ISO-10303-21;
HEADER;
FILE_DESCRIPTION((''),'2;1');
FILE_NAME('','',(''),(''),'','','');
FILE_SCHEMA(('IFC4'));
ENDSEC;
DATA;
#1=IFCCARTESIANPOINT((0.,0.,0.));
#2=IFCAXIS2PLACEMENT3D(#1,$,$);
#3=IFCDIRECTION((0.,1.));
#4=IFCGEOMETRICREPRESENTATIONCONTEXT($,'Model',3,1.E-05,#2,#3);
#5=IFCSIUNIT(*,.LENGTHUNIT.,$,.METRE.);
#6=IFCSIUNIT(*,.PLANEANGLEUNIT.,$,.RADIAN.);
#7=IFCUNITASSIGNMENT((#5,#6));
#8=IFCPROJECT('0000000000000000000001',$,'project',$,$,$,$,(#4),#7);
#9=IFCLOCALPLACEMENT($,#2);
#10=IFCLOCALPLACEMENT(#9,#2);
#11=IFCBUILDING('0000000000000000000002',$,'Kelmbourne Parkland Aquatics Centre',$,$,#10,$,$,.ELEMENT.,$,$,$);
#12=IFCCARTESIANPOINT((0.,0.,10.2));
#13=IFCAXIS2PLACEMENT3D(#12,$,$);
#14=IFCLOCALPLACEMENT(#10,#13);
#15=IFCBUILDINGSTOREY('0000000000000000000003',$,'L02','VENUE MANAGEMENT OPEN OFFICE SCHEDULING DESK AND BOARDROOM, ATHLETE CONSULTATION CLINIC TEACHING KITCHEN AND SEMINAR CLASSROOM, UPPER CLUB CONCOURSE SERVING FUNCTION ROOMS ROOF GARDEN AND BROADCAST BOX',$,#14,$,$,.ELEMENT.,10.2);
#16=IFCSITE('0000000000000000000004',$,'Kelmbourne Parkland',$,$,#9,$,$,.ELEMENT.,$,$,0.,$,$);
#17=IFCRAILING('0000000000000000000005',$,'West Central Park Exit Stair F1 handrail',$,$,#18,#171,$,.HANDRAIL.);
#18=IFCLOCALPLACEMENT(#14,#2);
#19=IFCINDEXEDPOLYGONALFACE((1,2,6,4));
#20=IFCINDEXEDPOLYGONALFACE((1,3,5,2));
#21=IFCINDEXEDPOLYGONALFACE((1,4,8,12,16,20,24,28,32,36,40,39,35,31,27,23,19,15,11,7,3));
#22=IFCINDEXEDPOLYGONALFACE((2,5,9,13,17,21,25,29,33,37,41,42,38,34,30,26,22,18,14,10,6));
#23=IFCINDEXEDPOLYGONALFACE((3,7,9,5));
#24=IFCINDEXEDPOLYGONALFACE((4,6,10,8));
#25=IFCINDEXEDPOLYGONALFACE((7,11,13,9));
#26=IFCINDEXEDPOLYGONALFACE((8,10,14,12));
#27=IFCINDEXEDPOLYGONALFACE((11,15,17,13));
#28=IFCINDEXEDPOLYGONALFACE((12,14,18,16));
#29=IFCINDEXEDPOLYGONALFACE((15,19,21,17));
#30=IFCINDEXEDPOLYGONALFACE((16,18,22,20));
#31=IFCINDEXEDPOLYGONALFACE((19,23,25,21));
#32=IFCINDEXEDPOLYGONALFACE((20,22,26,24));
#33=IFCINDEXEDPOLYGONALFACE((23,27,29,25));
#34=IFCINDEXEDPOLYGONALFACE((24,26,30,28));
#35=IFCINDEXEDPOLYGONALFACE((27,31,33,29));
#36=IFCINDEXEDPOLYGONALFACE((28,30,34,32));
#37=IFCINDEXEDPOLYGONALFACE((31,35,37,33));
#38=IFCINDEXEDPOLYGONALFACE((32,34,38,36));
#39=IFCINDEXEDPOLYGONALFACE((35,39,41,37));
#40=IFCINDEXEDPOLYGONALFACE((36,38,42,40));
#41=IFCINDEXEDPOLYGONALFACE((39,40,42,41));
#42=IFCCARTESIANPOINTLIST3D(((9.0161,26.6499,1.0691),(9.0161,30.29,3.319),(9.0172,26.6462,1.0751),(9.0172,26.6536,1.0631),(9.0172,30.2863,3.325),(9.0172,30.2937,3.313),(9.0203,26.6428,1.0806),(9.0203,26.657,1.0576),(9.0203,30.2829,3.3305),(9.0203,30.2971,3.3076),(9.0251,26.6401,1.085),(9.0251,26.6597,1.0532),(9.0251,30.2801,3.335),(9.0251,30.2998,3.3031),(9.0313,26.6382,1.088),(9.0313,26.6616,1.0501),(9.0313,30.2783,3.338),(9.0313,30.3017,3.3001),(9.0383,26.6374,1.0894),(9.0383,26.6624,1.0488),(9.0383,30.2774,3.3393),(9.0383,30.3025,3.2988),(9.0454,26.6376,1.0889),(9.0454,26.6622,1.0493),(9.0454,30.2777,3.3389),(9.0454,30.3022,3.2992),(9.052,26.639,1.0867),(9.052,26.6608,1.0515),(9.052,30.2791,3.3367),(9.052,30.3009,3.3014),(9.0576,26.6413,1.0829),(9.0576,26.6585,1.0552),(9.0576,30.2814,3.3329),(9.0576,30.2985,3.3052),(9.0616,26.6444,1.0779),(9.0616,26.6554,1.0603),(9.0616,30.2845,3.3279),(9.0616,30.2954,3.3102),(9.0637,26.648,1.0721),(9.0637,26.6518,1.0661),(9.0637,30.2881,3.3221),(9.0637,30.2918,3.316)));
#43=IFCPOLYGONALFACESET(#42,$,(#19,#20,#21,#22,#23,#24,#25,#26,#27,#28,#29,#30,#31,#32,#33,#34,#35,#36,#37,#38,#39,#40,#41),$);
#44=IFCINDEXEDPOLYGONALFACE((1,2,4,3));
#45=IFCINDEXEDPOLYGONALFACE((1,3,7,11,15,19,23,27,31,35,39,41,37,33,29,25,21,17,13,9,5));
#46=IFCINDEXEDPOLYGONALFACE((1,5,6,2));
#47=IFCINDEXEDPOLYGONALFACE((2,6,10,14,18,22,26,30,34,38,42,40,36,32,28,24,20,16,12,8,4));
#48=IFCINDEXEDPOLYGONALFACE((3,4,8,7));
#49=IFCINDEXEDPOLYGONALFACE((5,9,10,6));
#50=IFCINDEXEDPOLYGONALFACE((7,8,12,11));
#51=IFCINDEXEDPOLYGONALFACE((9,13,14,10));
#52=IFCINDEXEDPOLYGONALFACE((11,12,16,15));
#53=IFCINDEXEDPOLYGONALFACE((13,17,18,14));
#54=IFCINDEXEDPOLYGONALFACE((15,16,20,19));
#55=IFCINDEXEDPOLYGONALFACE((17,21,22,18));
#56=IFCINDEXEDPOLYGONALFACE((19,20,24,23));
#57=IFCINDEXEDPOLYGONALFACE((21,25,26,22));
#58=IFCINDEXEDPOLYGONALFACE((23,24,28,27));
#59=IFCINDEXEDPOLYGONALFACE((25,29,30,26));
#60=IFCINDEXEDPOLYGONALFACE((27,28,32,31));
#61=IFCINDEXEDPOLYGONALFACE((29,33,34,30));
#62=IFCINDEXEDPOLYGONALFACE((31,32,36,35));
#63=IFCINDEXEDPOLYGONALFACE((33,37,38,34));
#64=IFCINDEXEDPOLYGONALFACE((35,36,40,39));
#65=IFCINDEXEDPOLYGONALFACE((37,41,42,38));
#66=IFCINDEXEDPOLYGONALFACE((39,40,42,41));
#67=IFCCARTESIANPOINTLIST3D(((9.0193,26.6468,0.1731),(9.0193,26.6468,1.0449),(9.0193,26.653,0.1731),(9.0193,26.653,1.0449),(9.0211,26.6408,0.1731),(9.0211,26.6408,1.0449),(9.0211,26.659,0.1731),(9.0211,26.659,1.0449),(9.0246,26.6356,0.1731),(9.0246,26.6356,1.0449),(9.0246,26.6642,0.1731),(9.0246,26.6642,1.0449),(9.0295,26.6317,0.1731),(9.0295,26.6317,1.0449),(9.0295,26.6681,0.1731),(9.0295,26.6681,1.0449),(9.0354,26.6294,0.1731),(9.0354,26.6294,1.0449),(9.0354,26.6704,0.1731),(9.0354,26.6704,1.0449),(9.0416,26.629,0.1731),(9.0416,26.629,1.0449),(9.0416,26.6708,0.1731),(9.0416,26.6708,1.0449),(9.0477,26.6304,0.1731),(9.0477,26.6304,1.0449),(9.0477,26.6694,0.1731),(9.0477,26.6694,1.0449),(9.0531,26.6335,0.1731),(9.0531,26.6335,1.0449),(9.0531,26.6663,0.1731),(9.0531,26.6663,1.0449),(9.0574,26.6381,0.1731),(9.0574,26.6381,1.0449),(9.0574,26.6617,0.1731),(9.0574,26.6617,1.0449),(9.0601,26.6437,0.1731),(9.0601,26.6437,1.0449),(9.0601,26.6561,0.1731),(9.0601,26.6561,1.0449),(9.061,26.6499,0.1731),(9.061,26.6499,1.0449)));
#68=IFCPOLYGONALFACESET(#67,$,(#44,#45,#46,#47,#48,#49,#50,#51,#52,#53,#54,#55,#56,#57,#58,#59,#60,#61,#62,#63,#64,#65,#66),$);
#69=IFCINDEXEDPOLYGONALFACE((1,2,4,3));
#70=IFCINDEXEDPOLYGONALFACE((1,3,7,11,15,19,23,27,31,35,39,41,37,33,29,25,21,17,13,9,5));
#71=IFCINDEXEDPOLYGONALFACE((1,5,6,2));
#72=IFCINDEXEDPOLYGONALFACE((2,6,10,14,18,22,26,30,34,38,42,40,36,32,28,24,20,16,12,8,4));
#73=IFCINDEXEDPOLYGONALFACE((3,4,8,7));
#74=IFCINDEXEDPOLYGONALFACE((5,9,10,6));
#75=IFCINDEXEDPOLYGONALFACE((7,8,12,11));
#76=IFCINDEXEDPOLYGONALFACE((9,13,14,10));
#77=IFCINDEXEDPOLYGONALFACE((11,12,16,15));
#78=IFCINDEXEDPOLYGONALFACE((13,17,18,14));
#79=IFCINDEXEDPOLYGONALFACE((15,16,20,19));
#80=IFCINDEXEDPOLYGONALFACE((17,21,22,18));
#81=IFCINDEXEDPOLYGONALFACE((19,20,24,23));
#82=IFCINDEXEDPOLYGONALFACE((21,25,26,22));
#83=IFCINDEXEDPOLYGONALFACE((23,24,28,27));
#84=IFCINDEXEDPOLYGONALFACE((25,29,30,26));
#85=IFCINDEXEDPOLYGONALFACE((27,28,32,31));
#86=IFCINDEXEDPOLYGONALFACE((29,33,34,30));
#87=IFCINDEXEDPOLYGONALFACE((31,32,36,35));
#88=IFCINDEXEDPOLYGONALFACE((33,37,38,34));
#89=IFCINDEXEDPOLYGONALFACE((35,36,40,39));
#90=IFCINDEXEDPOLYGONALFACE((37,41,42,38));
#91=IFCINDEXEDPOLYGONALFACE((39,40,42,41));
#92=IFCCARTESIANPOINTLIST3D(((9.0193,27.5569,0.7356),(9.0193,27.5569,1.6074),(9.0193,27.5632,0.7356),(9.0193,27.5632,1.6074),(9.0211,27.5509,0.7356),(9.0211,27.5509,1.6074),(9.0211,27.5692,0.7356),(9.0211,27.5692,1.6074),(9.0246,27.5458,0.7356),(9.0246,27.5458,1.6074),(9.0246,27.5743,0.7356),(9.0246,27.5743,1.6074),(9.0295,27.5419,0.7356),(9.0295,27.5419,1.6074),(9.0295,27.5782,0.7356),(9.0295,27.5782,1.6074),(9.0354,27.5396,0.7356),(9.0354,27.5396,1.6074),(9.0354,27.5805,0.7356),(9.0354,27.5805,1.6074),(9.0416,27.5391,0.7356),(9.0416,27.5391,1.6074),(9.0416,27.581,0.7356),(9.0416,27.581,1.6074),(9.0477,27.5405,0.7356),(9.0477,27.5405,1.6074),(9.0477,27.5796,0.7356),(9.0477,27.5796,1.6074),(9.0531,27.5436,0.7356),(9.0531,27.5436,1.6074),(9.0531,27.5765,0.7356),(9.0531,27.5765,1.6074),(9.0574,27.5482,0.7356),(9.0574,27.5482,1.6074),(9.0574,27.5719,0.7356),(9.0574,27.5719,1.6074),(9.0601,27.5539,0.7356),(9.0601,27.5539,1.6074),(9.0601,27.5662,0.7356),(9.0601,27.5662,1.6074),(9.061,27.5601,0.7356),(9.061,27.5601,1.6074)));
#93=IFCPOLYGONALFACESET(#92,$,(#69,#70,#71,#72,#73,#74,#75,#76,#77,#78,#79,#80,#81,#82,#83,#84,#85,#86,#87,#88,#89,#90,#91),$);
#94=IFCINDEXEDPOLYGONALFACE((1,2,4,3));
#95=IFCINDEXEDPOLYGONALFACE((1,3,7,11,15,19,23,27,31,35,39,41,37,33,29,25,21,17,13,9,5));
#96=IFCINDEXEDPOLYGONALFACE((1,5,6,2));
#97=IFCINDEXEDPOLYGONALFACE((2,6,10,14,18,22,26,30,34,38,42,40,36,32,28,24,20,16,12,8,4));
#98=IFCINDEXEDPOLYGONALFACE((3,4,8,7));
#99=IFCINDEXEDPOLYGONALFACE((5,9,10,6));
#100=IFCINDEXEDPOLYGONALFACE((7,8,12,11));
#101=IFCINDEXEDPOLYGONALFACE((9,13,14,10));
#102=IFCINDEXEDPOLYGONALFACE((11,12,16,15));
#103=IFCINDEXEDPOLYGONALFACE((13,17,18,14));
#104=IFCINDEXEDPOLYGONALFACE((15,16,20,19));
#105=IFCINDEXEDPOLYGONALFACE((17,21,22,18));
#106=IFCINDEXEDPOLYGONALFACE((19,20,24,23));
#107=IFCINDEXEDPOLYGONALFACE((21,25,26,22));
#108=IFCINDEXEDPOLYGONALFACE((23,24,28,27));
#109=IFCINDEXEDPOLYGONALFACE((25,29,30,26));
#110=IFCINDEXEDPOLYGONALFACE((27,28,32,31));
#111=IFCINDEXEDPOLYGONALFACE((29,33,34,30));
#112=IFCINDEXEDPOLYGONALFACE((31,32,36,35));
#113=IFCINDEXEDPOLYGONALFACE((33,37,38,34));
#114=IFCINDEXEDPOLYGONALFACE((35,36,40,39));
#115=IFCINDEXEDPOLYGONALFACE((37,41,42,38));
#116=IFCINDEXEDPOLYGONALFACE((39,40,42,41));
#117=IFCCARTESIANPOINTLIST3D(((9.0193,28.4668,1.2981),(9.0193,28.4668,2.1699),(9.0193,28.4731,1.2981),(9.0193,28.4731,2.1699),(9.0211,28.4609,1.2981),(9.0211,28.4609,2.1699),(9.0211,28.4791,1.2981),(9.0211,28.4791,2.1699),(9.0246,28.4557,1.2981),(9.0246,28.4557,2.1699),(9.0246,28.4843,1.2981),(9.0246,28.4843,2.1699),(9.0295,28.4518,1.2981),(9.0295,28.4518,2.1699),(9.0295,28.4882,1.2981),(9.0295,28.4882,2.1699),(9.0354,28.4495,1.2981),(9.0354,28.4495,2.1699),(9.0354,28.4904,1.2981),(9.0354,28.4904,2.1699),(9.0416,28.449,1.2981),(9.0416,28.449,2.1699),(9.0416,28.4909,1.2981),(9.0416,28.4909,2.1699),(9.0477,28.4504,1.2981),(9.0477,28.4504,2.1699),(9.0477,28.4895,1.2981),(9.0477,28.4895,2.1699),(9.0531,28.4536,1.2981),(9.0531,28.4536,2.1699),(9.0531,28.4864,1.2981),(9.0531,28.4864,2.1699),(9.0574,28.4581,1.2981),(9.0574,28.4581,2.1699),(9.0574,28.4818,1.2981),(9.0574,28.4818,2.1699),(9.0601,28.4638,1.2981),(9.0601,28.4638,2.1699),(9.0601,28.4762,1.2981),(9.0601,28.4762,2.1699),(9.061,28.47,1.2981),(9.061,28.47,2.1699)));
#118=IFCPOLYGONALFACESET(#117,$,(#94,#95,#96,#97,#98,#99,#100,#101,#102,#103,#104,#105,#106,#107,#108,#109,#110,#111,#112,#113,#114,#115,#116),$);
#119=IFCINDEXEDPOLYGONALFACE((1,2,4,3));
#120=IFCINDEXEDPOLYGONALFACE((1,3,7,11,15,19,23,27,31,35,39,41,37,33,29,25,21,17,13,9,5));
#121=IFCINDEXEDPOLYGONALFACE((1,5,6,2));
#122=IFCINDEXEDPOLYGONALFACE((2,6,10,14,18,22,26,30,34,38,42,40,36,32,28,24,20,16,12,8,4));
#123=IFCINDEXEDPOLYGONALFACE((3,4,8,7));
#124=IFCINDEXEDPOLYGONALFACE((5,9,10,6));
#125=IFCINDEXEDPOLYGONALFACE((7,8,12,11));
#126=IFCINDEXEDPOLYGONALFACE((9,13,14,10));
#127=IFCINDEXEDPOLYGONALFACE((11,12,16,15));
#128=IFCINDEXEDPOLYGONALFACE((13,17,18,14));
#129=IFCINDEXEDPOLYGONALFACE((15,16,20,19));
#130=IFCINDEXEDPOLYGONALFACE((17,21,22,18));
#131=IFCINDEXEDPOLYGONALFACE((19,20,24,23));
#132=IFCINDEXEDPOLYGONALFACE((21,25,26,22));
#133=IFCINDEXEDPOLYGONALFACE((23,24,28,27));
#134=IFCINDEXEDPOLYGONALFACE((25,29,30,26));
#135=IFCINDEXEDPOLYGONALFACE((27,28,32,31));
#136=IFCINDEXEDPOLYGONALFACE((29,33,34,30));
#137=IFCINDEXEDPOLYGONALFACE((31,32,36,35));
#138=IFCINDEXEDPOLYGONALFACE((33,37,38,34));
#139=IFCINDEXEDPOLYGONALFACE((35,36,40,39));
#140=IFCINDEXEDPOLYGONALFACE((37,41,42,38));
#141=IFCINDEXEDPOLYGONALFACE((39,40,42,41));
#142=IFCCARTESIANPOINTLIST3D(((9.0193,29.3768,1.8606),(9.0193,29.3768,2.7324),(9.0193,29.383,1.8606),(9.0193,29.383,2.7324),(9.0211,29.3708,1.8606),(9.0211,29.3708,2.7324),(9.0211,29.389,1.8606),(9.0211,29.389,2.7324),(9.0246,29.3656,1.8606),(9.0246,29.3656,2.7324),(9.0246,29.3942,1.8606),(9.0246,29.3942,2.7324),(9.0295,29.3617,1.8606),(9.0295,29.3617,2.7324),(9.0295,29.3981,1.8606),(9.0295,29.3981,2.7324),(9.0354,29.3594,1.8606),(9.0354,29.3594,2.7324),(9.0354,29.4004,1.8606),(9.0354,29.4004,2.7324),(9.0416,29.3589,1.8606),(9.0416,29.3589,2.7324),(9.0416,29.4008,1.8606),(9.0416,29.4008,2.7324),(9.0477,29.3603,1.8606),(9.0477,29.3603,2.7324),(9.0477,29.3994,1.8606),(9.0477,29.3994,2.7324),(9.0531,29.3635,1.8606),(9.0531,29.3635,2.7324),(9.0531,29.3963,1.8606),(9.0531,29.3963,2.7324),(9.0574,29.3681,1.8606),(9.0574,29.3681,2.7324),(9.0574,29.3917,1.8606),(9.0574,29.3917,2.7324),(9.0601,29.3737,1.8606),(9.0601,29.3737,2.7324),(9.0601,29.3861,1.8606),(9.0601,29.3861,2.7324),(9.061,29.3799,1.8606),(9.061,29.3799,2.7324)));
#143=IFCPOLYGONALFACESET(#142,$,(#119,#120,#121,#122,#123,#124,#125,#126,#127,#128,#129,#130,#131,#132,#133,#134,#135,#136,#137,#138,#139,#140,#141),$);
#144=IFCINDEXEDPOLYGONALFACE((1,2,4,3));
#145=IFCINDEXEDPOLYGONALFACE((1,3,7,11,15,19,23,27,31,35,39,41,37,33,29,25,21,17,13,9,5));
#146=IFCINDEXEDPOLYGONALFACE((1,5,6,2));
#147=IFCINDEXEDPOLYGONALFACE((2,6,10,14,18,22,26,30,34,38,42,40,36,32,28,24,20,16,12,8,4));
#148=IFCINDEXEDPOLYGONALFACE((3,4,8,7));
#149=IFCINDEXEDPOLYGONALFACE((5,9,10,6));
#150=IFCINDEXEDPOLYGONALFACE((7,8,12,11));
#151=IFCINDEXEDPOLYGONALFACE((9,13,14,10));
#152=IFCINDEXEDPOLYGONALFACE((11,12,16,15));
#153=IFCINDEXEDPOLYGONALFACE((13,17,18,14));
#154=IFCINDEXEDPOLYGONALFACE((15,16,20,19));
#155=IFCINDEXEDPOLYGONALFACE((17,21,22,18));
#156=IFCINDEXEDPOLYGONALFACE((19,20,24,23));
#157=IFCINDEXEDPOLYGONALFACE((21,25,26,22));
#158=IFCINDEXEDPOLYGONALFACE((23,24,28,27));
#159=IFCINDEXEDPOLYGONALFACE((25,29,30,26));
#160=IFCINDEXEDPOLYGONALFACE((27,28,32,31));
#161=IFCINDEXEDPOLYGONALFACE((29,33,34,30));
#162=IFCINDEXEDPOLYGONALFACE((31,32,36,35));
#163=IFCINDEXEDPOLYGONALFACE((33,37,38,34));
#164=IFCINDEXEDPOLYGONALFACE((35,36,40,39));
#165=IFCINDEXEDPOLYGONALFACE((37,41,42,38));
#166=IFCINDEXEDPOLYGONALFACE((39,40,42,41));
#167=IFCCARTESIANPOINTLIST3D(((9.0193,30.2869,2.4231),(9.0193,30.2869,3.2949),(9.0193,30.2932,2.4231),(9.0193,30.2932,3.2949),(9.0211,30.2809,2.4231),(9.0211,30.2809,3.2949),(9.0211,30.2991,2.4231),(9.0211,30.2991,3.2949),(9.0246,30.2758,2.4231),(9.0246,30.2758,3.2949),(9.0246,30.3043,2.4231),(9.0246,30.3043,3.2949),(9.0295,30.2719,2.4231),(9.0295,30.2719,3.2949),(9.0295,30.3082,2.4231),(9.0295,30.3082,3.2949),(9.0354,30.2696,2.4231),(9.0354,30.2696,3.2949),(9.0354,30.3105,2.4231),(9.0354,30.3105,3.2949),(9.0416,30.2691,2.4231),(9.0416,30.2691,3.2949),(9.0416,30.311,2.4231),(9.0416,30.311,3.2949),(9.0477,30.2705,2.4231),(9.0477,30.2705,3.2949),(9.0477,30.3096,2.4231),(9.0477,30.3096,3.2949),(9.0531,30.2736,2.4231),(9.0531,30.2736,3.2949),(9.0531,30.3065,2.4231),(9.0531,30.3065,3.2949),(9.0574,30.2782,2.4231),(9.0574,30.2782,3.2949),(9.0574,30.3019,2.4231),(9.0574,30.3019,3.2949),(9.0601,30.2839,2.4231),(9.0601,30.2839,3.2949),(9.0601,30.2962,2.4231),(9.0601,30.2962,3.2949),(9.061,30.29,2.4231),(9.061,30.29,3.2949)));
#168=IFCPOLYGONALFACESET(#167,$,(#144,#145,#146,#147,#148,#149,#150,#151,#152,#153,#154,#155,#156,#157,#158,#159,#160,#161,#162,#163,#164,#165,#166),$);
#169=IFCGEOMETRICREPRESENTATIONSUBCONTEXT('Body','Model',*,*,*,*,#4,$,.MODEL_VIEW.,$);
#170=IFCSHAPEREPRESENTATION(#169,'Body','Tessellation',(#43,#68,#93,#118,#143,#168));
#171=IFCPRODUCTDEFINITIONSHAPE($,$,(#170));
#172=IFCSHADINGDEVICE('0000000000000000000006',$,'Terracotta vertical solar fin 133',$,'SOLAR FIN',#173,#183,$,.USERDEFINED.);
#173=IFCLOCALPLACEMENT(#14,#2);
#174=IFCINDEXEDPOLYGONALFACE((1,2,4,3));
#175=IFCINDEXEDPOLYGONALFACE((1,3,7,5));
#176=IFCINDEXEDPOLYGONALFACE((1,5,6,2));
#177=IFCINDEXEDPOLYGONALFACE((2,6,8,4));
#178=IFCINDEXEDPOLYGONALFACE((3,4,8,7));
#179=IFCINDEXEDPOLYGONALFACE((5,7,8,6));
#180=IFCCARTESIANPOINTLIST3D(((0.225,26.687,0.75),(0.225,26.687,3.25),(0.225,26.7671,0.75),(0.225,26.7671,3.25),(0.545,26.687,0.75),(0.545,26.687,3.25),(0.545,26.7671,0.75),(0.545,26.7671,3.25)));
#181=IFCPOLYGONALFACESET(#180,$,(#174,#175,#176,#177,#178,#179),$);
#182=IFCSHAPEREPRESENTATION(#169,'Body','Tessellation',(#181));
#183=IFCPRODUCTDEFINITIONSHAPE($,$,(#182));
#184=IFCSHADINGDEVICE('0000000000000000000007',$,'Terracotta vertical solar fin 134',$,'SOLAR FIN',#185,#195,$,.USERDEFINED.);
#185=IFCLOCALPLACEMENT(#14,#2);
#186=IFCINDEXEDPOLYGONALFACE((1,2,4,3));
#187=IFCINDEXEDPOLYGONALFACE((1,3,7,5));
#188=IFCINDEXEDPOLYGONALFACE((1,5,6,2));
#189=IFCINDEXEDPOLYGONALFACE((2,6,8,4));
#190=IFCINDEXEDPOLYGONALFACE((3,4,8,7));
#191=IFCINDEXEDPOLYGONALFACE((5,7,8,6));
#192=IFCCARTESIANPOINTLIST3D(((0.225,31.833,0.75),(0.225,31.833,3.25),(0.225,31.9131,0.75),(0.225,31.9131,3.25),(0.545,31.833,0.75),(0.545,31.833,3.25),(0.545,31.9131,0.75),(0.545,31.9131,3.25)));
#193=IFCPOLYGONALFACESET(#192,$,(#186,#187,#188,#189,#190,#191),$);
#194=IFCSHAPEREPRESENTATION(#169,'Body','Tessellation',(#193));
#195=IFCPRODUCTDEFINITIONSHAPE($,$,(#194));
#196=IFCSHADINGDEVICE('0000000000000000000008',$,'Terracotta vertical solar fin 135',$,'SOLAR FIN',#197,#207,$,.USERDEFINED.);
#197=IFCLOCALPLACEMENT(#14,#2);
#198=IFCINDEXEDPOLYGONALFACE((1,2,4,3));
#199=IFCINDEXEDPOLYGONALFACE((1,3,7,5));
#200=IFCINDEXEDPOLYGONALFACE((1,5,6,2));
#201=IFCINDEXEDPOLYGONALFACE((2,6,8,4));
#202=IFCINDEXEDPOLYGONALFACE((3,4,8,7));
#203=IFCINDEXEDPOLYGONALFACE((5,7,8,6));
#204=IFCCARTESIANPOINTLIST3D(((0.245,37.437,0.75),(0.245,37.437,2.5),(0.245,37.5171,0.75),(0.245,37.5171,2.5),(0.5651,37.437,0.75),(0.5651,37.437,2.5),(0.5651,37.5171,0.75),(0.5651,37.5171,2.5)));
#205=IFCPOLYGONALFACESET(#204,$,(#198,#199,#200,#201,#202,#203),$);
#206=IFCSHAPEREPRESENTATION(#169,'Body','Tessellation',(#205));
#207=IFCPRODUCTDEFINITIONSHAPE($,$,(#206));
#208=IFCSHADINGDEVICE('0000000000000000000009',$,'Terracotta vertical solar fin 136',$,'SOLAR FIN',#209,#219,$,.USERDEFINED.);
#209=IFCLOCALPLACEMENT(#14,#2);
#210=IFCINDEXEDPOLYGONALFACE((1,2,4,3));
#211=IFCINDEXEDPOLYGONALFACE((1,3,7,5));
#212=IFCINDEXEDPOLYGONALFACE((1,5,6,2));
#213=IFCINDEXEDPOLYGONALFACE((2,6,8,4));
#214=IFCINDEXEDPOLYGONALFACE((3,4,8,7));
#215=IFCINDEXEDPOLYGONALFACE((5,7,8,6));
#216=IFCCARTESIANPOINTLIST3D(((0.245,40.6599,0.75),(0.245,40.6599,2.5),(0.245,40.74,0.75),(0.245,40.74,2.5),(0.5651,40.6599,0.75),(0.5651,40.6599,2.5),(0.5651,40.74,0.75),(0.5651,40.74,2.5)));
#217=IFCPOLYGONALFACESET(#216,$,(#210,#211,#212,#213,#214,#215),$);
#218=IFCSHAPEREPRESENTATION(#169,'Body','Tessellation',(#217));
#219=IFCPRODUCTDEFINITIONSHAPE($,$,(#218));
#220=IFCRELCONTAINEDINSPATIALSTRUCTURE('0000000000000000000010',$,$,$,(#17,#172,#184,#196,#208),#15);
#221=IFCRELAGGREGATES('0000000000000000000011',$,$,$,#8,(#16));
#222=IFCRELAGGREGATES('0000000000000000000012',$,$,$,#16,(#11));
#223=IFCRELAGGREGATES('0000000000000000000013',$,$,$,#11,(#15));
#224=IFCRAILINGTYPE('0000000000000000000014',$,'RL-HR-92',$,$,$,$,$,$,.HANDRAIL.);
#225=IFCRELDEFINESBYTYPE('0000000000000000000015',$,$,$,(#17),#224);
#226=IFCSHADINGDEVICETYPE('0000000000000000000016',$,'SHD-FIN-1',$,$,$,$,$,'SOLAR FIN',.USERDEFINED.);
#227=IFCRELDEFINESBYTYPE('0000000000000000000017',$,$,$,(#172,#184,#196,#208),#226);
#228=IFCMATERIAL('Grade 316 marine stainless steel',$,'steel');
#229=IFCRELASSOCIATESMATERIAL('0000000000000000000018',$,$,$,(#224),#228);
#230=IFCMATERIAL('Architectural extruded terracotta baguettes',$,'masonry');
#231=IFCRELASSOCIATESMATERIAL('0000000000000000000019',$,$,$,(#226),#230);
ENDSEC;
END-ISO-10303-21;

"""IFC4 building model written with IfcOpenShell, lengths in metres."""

from ifc_helpers import new_model, si_unit, direction, frame, origin, origin_2d, place, context, subcontext, project, spatial, rectangle, circle, extrude, material, type_object, element, save


model = new_model("IFC4")

# Units and contexts
model_context = context("Model", 3, precision=1e-05, world=origin(), true_north=direction((0.0, 1.0)))
body_context = subcontext(model_context, "Body", "Model", "MODEL_VIEW")
ifc_project = project(units=[si_unit("LENGTHUNIT", "METRE"), si_unit("PLANEANGLEUNIT", "RADIAN")], contexts=[model_context])

# Site, building, storey
site_placement = place(None, origin())
site = spatial("IfcSite", under=ifc_project, at=site_placement, Name="Kelmbourne Parkland", CompositionType="ELEMENT", RefElevation=0.0)
building_placement = place(site_placement, origin())
building = spatial("IfcBuilding", under=site, at=building_placement, Name="Kelmbourne Parkland Aquatics Centre", CompositionType="ELEMENT")
storey_placement = place(building_placement, frame((0.0, 0.0, 10.2)))
storey = spatial("IfcBuildingStorey", under=building, at=storey_placement, Name="L02", Description="VENUE MANAGEMENT OPEN OFFICE SCHEDULING DESK AND BOARDROOM, ATHLETE CONSULTATION CLINIC TEACHING KITCHEN AND SEMINAR CLASSROOM, UPPER CLUB CONCOURSE SERVING FUNCTION ROOMS ROOF GARDEN AND BROADCAST BOX", CompositionType="ELEMENT", Elevation=10.2)

# Railing
ifc_material_1 = material(Name="Grade 316 marine stainless steel", Category="steel")
railing_type_1 = type_object("IfcRailingType", Name="RL-HR-92", PredefinedType="HANDRAIL", material=ifc_material_1)
railing_1_placement = place(storey_placement, frame((9.04, 26.6499, 0.1731)))
element("IfcRailing", 1, at=railing_1_placement, inside=storey, type_object=railing_type_1, Name="West Central Park Exit Stair F1 handrail", PredefinedType="HANDRAIL", context=body_context, shape_type="SweptSolid", body=[
    extrude(circle(Radius=0.0239, at=origin_2d()), frame((0.0, 0.0, 0.896), z_axis=(0.0, 0.850622, 0.525777), x_axis=(-1.0, 0.0, 0.0)), (0.0, 0.0, 1.0), 4.2793),
    extrude(circle(Radius=0.021, at=origin_2d()), origin(), (0.0, 0.0, 1.0), 0.8718),
    extrude(circle(Radius=0.021, at=origin_2d()), frame((0.0, 0.9102, 0.5625)), (0.0, 0.0, 1.0), 0.8718),
    extrude(circle(Radius=0.021, at=origin_2d()), frame((0.0, 1.8201, 1.125)), (0.0, 0.0, 1.0), 0.8718),
    extrude(circle(Radius=0.021, at=origin_2d()), frame((0.0, 2.73, 1.6875)), (0.0, 0.0, 1.0), 0.8718),
    extrude(circle(Radius=0.021, at=origin_2d()), frame((0.0, 3.6401, 2.25)), (0.0, 0.0, 1.0), 0.8718),
])

# Shading devices
ifc_material_2 = material(Name="Architectural extruded terracotta baguettes", Category="masonry")
shading_device_type = type_object("IfcShadingDeviceType", Name="SHD-FIN-1", ElementType="SOLAR FIN", PredefinedType="USERDEFINED", material=ifc_material_2)
for number, where, z_axis, x_axis, name in (
    (2, (0.385, 26.7271, 0.75), (0.0, 0.0, 1.0), (0.0, 1.0, 0.0), "Terracotta vertical solar fin 133"),
    (3, (0.385, 31.873, 0.75), (0.0, 0.0, 1.0), (0.0, 1.0, 0.0), "Terracotta vertical solar fin 134"),
):
    element("IfcShadingDevice", number, at=place(storey_placement, frame(where, z_axis=z_axis, x_axis=x_axis)), inside=storey, type_object=shading_device_type, Name=name, ObjectType="SOLAR FIN", PredefinedType="USERDEFINED", context=body_context, shape_type="SweptSolid", body=[
        extrude(rectangle(XDim=0.0801, YDim=0.3201, at=origin_2d()), origin(), (0.0, 0.0, 1.0), 2.5),
    ])
for number, where, z_axis, x_axis, name in (
    (4, (0.405, 37.4771, 0.75), (0.0, 0.0, 1.0), (0.0, 1.0, 0.0), "Terracotta vertical solar fin 135"),
    (5, (0.405, 40.7, 0.75), (0.0, 0.0, 1.0), (0.0, 1.0, 0.0), "Terracotta vertical solar fin 136"),
):
    element("IfcShadingDevice", number, at=place(storey_placement, frame(where, z_axis=z_axis, x_axis=x_axis)), inside=storey, type_object=shading_device_type, Name=name, ObjectType="SOLAR FIN", PredefinedType="USERDEFINED", context=body_context, shape_type="SweptSolid", body=[
        extrude(rectangle(XDim=0.0801, YDim=0.3201, at=origin_2d()), origin(), (0.0, 0.0, 1.0), 1.75),
    ])

save(model, "model.ifc")
